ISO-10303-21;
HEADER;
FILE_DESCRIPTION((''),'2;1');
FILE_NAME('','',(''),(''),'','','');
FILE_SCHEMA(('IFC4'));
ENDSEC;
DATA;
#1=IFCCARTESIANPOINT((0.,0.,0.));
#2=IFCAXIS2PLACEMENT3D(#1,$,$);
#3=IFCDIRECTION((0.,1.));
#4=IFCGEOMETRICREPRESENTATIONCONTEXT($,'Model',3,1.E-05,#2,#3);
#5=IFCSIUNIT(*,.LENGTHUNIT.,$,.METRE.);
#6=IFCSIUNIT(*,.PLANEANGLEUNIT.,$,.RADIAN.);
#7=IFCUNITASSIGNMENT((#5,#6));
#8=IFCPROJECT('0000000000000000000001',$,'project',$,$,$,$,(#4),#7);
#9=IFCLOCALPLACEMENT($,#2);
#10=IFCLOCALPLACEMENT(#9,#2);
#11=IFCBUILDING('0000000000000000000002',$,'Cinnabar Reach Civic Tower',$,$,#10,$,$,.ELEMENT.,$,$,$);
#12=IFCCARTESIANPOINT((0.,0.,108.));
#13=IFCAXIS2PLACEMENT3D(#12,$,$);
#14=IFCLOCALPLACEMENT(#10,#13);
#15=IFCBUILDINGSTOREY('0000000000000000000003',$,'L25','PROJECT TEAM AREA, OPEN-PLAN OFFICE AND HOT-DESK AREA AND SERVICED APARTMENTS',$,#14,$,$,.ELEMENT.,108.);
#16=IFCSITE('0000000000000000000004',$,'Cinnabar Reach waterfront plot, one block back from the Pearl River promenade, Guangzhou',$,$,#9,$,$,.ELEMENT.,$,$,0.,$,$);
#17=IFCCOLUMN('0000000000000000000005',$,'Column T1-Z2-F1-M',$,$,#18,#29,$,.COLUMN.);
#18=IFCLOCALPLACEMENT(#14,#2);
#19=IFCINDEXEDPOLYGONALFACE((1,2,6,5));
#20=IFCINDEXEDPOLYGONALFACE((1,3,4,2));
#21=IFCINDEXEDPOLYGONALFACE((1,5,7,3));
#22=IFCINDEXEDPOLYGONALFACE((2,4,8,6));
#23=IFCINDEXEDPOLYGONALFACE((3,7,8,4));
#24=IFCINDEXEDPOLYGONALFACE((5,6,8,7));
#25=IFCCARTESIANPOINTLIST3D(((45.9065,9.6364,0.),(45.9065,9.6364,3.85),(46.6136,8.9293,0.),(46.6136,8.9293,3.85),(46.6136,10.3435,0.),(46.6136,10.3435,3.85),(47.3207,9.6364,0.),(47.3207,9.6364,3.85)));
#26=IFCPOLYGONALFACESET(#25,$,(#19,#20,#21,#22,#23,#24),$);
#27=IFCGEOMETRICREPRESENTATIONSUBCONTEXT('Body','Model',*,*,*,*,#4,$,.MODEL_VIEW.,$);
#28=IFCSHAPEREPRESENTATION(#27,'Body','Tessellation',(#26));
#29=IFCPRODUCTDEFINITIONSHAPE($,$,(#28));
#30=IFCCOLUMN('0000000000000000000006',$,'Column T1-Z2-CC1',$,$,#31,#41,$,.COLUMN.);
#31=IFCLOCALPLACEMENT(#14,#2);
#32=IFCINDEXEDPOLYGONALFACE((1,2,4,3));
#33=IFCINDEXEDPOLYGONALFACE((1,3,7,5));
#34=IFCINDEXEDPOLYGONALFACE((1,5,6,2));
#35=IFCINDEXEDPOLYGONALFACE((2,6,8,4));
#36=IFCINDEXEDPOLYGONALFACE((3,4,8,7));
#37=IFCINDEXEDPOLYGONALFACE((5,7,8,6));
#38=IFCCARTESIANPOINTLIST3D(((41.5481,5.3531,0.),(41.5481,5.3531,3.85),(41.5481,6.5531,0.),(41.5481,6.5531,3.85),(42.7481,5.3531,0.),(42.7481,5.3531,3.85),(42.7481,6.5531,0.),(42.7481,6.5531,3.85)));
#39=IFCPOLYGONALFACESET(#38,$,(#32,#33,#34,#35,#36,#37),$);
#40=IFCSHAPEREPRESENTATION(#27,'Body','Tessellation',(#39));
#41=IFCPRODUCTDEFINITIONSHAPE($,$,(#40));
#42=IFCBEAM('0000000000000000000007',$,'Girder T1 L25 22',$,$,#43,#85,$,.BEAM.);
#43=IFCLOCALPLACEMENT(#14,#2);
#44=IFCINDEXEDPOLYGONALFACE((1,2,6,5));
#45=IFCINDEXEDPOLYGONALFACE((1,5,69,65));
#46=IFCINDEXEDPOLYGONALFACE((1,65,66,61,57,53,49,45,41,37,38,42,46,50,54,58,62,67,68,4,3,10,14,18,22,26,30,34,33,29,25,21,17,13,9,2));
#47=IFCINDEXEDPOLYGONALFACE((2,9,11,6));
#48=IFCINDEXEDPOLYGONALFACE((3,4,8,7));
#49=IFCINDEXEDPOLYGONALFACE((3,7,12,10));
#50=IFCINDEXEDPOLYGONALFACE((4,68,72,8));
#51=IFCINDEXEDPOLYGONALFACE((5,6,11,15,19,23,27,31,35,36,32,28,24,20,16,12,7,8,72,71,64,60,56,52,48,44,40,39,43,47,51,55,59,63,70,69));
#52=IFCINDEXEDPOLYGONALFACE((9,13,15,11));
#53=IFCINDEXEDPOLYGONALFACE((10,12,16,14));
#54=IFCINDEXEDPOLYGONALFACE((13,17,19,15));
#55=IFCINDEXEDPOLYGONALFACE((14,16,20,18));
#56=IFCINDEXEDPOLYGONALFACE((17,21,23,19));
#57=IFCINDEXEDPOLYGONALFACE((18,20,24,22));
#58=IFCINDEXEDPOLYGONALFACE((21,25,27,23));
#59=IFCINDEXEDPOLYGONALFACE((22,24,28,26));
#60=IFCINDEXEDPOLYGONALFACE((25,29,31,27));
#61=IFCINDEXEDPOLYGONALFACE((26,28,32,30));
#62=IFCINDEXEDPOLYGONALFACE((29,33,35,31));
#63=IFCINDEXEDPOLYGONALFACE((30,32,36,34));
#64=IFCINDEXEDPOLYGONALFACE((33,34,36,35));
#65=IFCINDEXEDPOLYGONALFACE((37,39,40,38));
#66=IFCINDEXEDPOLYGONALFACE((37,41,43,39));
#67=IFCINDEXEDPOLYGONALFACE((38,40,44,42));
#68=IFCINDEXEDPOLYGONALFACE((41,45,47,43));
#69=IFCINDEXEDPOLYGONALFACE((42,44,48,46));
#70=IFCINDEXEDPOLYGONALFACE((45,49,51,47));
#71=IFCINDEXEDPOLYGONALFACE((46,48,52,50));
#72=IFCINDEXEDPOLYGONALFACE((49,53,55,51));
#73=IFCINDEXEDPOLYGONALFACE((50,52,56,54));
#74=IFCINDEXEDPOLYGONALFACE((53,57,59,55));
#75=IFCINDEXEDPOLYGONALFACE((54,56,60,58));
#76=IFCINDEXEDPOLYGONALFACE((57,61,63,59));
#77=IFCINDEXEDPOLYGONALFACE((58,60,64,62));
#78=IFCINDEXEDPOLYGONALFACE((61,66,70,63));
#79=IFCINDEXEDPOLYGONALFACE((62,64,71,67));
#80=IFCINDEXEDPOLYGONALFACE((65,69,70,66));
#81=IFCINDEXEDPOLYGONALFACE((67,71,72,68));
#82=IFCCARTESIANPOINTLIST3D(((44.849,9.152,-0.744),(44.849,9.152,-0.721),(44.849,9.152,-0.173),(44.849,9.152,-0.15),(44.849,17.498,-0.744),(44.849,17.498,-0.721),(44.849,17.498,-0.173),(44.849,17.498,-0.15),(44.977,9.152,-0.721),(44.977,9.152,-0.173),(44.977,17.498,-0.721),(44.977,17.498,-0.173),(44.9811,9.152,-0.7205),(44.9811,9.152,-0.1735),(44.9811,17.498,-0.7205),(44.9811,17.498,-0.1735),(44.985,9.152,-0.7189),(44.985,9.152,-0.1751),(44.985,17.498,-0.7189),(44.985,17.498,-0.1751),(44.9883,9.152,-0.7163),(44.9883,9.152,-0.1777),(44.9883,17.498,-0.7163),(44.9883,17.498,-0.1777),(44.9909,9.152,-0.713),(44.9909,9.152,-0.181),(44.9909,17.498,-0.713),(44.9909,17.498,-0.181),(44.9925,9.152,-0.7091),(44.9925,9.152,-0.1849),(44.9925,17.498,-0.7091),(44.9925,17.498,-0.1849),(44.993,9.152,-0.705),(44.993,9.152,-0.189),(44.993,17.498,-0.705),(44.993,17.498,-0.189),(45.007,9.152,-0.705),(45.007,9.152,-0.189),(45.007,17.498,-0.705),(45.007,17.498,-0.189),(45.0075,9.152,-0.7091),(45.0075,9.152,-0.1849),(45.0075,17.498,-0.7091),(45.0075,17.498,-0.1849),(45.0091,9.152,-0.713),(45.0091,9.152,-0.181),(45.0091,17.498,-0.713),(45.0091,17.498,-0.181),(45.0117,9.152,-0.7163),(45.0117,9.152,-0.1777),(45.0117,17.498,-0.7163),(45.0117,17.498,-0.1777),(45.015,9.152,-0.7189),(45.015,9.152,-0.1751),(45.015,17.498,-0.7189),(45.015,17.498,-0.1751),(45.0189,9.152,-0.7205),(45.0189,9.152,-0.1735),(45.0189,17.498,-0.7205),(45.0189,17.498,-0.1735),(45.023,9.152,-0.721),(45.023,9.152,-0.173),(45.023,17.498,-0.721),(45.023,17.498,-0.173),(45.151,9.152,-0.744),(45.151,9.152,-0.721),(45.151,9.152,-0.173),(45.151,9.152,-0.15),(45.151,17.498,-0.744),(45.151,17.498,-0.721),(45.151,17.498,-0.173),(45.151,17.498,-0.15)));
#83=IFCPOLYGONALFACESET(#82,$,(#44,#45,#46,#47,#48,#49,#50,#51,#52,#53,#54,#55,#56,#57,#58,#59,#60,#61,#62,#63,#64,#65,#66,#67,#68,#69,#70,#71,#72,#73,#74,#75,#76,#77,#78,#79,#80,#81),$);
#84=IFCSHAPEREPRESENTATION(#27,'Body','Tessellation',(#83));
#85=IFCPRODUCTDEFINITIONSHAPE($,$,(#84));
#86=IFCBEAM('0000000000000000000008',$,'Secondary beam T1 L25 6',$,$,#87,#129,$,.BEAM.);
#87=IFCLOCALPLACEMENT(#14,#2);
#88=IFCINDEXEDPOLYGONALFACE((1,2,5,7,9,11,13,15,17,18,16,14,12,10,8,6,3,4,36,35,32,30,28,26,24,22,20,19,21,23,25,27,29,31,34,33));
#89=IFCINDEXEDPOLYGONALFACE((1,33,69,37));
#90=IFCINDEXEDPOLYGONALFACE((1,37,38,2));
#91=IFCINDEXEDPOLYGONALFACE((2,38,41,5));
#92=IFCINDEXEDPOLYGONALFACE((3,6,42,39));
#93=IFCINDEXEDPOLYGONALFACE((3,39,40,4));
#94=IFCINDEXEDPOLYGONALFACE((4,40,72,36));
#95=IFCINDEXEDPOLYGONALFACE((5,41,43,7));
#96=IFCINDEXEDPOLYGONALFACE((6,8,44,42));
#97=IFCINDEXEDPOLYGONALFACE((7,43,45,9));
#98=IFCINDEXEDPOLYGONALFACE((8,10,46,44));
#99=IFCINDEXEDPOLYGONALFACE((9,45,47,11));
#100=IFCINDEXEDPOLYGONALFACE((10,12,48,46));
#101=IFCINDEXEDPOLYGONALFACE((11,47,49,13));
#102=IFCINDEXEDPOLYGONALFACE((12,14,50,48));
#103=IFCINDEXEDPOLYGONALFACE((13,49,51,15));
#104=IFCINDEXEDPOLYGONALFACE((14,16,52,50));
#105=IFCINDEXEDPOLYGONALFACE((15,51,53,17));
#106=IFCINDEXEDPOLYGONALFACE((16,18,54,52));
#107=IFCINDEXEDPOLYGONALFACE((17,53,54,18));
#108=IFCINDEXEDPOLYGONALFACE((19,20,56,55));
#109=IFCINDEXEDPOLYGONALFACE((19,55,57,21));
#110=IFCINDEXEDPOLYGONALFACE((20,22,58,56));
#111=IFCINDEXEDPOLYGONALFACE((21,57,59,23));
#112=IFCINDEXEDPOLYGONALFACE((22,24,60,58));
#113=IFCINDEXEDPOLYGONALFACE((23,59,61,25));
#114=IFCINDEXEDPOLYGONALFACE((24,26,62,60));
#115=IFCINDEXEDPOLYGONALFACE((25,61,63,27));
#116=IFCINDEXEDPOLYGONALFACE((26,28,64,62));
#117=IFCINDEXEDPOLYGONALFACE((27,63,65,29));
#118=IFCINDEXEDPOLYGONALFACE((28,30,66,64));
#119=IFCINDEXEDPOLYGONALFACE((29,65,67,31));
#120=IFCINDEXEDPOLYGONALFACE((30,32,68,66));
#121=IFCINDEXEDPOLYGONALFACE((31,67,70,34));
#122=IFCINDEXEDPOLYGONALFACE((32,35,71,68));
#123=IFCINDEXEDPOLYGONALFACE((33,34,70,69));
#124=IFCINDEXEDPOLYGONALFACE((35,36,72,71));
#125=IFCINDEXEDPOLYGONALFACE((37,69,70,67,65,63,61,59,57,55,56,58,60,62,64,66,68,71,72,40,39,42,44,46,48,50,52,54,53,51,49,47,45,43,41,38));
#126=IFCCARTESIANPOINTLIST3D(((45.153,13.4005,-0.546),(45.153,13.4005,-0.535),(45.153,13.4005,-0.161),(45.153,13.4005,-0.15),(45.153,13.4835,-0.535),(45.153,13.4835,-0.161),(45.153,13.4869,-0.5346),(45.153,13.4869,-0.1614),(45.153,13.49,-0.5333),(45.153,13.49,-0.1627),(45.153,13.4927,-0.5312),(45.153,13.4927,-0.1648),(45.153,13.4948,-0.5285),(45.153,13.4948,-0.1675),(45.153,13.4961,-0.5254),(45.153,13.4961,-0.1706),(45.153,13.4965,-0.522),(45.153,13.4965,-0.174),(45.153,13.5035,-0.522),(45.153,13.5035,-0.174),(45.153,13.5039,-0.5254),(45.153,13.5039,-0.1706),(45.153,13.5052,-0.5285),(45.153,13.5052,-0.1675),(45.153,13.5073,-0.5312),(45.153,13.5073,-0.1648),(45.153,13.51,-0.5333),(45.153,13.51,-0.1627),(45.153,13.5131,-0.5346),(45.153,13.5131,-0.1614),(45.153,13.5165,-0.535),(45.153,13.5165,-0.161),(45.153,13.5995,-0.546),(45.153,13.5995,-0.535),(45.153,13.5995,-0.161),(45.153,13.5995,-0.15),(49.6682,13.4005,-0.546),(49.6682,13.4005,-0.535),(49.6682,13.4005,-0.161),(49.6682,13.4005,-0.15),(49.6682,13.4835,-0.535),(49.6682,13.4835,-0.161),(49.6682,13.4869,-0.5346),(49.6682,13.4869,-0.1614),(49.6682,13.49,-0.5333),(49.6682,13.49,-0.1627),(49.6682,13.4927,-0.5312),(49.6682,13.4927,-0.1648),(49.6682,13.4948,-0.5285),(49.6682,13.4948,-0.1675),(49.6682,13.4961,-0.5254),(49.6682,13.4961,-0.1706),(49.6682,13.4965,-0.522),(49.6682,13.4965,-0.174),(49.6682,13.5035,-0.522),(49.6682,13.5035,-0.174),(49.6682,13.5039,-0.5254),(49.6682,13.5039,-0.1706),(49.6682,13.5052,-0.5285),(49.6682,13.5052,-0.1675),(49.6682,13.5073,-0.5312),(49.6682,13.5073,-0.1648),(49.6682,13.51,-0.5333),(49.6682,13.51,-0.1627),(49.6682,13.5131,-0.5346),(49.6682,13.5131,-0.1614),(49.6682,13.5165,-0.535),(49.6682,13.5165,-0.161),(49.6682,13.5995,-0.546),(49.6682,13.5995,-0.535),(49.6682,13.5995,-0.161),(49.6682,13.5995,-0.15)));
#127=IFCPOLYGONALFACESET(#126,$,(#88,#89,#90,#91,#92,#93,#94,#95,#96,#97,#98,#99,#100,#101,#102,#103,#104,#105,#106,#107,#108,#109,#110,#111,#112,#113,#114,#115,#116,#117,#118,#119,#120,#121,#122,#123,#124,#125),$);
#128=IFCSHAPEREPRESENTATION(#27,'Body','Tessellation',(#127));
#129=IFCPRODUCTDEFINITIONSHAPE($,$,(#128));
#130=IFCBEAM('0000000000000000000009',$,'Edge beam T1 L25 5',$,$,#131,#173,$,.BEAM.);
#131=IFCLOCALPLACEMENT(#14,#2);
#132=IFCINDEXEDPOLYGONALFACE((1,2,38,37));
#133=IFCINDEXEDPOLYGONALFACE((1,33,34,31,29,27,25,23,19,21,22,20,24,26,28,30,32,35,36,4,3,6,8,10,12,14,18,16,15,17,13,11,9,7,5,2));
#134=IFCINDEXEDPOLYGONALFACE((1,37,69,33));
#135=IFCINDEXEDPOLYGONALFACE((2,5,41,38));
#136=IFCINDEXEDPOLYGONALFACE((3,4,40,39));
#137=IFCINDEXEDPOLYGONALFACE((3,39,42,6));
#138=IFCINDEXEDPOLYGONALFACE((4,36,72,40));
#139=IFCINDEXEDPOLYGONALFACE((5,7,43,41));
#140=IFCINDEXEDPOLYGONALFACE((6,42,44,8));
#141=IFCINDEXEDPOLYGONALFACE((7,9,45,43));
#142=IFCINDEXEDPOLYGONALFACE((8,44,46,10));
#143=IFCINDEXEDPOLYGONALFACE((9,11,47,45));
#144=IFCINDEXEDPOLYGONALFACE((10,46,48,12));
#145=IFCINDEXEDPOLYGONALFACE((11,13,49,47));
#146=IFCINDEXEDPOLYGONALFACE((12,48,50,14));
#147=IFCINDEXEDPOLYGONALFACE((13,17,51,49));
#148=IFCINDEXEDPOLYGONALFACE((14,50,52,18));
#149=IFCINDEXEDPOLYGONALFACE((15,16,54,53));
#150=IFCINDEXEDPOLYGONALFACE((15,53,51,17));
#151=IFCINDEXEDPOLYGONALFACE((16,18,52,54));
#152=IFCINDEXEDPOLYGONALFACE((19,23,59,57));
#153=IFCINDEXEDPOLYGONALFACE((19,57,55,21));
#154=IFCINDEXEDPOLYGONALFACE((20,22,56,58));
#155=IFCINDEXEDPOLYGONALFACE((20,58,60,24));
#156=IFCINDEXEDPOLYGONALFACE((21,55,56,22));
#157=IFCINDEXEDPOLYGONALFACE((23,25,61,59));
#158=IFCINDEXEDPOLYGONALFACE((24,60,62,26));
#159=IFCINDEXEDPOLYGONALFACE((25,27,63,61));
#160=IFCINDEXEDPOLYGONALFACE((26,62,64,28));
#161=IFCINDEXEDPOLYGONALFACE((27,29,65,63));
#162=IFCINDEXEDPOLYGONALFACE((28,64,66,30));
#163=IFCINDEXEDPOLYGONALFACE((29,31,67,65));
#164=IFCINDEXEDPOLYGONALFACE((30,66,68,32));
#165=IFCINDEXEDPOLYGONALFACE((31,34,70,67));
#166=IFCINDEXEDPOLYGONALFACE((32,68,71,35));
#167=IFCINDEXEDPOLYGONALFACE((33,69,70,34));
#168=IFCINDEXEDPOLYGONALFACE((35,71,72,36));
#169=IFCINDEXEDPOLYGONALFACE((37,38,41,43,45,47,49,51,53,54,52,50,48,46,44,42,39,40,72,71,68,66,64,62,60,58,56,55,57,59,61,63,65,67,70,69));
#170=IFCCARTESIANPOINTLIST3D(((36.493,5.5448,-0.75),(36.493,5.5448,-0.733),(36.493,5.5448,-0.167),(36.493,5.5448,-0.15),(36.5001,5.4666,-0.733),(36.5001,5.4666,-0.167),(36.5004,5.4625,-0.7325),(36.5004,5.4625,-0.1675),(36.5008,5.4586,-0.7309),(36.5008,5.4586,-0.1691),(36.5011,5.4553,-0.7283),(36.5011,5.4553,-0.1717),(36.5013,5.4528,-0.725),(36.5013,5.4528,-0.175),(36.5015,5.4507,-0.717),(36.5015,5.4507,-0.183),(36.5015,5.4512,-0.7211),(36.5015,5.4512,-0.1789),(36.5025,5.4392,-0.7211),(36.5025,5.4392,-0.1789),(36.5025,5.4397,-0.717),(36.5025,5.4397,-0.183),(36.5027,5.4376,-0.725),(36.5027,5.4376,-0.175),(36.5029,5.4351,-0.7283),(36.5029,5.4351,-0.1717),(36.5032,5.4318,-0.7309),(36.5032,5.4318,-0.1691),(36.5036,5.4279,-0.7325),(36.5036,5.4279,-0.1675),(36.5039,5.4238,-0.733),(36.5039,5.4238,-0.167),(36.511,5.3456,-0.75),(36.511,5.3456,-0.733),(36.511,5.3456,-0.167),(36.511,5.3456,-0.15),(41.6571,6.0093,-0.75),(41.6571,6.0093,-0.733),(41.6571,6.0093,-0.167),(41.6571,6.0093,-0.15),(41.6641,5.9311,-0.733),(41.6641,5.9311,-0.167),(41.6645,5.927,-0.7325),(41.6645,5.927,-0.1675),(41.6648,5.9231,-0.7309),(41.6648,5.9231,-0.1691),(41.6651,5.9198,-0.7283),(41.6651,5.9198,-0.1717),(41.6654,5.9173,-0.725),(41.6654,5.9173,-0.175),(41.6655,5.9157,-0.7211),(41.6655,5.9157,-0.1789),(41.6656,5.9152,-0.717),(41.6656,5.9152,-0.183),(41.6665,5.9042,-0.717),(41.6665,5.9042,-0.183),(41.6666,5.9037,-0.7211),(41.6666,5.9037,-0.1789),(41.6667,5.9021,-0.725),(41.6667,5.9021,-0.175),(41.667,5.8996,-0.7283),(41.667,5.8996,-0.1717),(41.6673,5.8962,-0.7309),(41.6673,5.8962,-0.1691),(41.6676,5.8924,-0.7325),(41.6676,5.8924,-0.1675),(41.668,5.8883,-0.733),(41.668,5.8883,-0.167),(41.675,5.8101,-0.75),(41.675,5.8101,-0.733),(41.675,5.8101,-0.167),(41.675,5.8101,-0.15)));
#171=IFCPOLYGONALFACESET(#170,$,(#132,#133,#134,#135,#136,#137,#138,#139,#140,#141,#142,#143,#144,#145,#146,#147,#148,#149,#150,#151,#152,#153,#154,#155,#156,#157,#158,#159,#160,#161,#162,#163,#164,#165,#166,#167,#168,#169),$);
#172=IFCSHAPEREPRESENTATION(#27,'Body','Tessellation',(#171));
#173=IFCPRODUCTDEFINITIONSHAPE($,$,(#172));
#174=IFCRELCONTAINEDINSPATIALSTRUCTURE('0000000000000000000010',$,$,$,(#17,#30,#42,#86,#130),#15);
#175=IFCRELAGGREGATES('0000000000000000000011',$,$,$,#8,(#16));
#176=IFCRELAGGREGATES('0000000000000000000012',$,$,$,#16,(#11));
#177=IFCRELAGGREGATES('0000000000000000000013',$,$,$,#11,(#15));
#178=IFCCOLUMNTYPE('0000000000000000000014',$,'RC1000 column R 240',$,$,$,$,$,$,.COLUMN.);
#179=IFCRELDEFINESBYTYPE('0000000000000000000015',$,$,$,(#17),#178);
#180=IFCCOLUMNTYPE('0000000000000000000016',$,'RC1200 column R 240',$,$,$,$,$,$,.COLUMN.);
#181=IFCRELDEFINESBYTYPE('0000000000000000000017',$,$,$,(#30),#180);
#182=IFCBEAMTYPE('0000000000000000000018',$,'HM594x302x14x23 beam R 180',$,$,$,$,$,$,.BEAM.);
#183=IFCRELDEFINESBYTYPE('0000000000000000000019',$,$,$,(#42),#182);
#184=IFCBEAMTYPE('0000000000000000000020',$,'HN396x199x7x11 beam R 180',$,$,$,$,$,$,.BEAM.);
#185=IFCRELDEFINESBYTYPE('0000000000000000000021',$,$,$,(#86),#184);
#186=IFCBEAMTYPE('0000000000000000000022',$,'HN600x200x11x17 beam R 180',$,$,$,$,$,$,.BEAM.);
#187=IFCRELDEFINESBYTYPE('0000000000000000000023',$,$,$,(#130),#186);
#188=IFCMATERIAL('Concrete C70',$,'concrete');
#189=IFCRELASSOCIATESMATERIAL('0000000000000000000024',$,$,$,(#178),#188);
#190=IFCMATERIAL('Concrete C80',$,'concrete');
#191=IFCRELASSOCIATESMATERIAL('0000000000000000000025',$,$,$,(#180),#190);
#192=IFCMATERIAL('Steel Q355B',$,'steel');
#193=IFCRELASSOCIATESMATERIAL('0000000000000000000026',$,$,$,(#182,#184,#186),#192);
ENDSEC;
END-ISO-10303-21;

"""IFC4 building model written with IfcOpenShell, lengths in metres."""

from ifc_helpers import new_model, si_unit, direction, frame, origin, origin_2d, place, context, subcontext, project, spatial, rectangle, i_section, extrude, material, material_profile, profile_set, type_object, element, save


model = new_model("IFC4")

# Units and contexts
model_context = context("Model", 3, precision=1e-05, world=origin(), true_north=direction((0.0, 1.0)))
body_context = subcontext(model_context, "Body", "Model", "MODEL_VIEW")
ifc_project = project(units=[si_unit("LENGTHUNIT", "METRE"), si_unit("PLANEANGLEUNIT", "RADIAN")], contexts=[model_context])

# Site, building, storey
site_placement = place(None, origin())
site = spatial("IfcSite", under=ifc_project, at=site_placement, Name="Cinnabar Reach waterfront plot, one block back from the Pearl River promenade, Guangzhou", CompositionType="ELEMENT", RefElevation=0.0)
building_placement = place(site_placement, origin())
building = spatial("IfcBuilding", under=site, at=building_placement, Name="Cinnabar Reach Civic Tower", CompositionType="ELEMENT")
storey_placement = place(building_placement, frame((0.0, 0.0, 108.0)))
storey = spatial("IfcBuildingStorey", under=building, at=storey_placement, Name="L25", Description="PROJECT TEAM AREA, OPEN-PLAN OFFICE AND HOT-DESK AREA AND SERVICED APARTMENTS", CompositionType="ELEMENT", Elevation=108.0)

# Columns
ifc_material_1 = material(Name="Concrete C70", Category="concrete")
ifc_material_profile_1 = material_profile(ifc_material_1, rectangle(XDim=1.0, YDim=1.0, at=origin_2d()), Name="RC1000")
ifc_profile_set_1 = profile_set([ifc_material_profile_1], Name="Concrete C70")
column_type_1 = type_object("IfcColumnType", Name="RC1000 column R 240", PredefinedType="COLUMN", material=ifc_profile_set_1)
column_1_placement = place(storey_placement, frame((46.6136, 9.6364, 0.0), z_axis=(0.0, 0.0, 1.0), x_axis=(0.707107, 0.707107, 0.0)))
element("IfcColumn", 1, at=column_1_placement, inside=storey, type_object=column_type_1, Name="Column T1-Z2-F1-M", PredefinedType="COLUMN", context=body_context, shape_type="SweptSolid", body=[
    extrude(rectangle(XDim=1.0, YDim=1.0, at=origin_2d()), origin(), (0.0, 0.0, 1.0), 3.85),
])
ifc_material_2 = material(Name="Concrete C80", Category="concrete")
ifc_material_profile_2 = material_profile(ifc_material_2, rectangle(XDim=1.2, YDim=1.2, at=origin_2d()), Name="RC1200")
ifc_profile_set_2 = profile_set([ifc_material_profile_2], Name="Concrete C80")
column_type_2 = type_object("IfcColumnType", Name="RC1200 column R 240", PredefinedType="COLUMN", material=ifc_profile_set_2)
column_2_placement = place(storey_placement, frame((42.1481, 5.9531, 0.0), z_axis=(0.0, 0.0, 1.0), x_axis=(1.0, 0.0, 0.0)))
element("IfcColumn", 2, at=column_2_placement, inside=storey, type_object=column_type_2, Name="Column T1-Z2-CC1", PredefinedType="COLUMN", context=body_context, shape_type="SweptSolid", body=[
    extrude(rectangle(XDim=1.2, YDim=1.2, at=origin_2d()), origin(), (0.0, 0.0, 1.0), 3.85),
])

# Beams
ifc_material_3 = material(Name="Steel Q355B", Category="steel")
ifc_material_profile_3 = material_profile(ifc_material_3, i_section(OverallWidth=0.302, OverallDepth=0.594, WebThickness=0.014, FlangeThickness=0.023, FilletRadius=0.016, at=origin_2d()), Name="HM594x302x14x23")
ifc_profile_set_3 = profile_set([ifc_material_profile_3], Name="Steel Q355B")
beam_type_1 = type_object("IfcBeamType", Name="HM594x302x14x23 beam R 180", PredefinedType="BEAM", material=ifc_profile_set_3)
beam_1_placement = place(storey_placement, frame((45.0, 9.152, -0.447), z_axis=(0.0, 1.0, 0.0), x_axis=(-1.0, 0.0, 0.0)))
element("IfcBeam", 3, at=beam_1_placement, inside=storey, type_object=beam_type_1, Name="Girder T1 L25 22", PredefinedType="BEAM", context=body_context, shape_type="SweptSolid", body=[
    extrude(i_section(OverallWidth=0.302, OverallDepth=0.594, WebThickness=0.014, FlangeThickness=0.023, FilletRadius=0.016, at=origin_2d()), origin(), (0.0, 0.0, 1.0), 8.346),
])
ifc_material_profile_4 = material_profile(ifc_material_3, i_section(OverallWidth=0.199, OverallDepth=0.396, WebThickness=0.007, FlangeThickness=0.011, FilletRadius=0.013, at=origin_2d()), Name="HN396x199x7x11")
ifc_profile_set_4 = profile_set([ifc_material_profile_4], Name="Steel Q355B")
beam_type_2 = type_object("IfcBeamType", Name="HN396x199x7x11 beam R 180", PredefinedType="BEAM", material=ifc_profile_set_4)
beam_2_placement = place(storey_placement, frame((45.153, 13.5, -0.348), z_axis=(1.0, 0.0, 0.0), x_axis=(0.0, 1.0, 0.0)))
element("IfcBeam", 4, at=beam_2_placement, inside=storey, type_object=beam_type_2, Name="Secondary beam T1 L25 6", PredefinedType="BEAM", context=body_context, shape_type="SweptSolid", body=[
    extrude(i_section(OverallWidth=0.199, OverallDepth=0.396, WebThickness=0.007, FlangeThickness=0.011, FilletRadius=0.013, at=origin_2d()), origin(), (0.0, 0.0, 1.0), 4.5152),
])
ifc_material_profile_5 = material_profile(ifc_material_3, i_section(OverallWidth=0.2, OverallDepth=0.6, WebThickness=0.011, FlangeThickness=0.017, FilletRadius=0.016, at=origin_2d()), Name="HN600x200x11x17")
ifc_profile_set_5 = profile_set([ifc_material_profile_5], Name="Steel Q355B")
beam_type_3 = type_object("IfcBeamType", Name="HN600x200x11x17 beam R 180", PredefinedType="BEAM", material=ifc_profile_set_5)
beam_3_placement = place(storey_placement, frame((36.502, 5.4452, -0.45), z_axis=(0.995979, 0.089586, 0.0), x_axis=(-0.089586, 0.995979, 0.0)))
element("IfcBeam", 5, at=beam_3_placement, inside=storey, type_object=beam_type_3, Name="Edge beam T1 L25 5", PredefinedType="BEAM", context=body_context, shape_type="SweptSolid", body=[
    extrude(i_section(OverallWidth=0.2, OverallDepth=0.6, WebThickness=0.011, FlangeThickness=0.017, FilletRadius=0.016, at=origin_2d()), origin(), (0.0, 0.0, 1.0), 5.1849),
])

save(model, "model.ifc")
